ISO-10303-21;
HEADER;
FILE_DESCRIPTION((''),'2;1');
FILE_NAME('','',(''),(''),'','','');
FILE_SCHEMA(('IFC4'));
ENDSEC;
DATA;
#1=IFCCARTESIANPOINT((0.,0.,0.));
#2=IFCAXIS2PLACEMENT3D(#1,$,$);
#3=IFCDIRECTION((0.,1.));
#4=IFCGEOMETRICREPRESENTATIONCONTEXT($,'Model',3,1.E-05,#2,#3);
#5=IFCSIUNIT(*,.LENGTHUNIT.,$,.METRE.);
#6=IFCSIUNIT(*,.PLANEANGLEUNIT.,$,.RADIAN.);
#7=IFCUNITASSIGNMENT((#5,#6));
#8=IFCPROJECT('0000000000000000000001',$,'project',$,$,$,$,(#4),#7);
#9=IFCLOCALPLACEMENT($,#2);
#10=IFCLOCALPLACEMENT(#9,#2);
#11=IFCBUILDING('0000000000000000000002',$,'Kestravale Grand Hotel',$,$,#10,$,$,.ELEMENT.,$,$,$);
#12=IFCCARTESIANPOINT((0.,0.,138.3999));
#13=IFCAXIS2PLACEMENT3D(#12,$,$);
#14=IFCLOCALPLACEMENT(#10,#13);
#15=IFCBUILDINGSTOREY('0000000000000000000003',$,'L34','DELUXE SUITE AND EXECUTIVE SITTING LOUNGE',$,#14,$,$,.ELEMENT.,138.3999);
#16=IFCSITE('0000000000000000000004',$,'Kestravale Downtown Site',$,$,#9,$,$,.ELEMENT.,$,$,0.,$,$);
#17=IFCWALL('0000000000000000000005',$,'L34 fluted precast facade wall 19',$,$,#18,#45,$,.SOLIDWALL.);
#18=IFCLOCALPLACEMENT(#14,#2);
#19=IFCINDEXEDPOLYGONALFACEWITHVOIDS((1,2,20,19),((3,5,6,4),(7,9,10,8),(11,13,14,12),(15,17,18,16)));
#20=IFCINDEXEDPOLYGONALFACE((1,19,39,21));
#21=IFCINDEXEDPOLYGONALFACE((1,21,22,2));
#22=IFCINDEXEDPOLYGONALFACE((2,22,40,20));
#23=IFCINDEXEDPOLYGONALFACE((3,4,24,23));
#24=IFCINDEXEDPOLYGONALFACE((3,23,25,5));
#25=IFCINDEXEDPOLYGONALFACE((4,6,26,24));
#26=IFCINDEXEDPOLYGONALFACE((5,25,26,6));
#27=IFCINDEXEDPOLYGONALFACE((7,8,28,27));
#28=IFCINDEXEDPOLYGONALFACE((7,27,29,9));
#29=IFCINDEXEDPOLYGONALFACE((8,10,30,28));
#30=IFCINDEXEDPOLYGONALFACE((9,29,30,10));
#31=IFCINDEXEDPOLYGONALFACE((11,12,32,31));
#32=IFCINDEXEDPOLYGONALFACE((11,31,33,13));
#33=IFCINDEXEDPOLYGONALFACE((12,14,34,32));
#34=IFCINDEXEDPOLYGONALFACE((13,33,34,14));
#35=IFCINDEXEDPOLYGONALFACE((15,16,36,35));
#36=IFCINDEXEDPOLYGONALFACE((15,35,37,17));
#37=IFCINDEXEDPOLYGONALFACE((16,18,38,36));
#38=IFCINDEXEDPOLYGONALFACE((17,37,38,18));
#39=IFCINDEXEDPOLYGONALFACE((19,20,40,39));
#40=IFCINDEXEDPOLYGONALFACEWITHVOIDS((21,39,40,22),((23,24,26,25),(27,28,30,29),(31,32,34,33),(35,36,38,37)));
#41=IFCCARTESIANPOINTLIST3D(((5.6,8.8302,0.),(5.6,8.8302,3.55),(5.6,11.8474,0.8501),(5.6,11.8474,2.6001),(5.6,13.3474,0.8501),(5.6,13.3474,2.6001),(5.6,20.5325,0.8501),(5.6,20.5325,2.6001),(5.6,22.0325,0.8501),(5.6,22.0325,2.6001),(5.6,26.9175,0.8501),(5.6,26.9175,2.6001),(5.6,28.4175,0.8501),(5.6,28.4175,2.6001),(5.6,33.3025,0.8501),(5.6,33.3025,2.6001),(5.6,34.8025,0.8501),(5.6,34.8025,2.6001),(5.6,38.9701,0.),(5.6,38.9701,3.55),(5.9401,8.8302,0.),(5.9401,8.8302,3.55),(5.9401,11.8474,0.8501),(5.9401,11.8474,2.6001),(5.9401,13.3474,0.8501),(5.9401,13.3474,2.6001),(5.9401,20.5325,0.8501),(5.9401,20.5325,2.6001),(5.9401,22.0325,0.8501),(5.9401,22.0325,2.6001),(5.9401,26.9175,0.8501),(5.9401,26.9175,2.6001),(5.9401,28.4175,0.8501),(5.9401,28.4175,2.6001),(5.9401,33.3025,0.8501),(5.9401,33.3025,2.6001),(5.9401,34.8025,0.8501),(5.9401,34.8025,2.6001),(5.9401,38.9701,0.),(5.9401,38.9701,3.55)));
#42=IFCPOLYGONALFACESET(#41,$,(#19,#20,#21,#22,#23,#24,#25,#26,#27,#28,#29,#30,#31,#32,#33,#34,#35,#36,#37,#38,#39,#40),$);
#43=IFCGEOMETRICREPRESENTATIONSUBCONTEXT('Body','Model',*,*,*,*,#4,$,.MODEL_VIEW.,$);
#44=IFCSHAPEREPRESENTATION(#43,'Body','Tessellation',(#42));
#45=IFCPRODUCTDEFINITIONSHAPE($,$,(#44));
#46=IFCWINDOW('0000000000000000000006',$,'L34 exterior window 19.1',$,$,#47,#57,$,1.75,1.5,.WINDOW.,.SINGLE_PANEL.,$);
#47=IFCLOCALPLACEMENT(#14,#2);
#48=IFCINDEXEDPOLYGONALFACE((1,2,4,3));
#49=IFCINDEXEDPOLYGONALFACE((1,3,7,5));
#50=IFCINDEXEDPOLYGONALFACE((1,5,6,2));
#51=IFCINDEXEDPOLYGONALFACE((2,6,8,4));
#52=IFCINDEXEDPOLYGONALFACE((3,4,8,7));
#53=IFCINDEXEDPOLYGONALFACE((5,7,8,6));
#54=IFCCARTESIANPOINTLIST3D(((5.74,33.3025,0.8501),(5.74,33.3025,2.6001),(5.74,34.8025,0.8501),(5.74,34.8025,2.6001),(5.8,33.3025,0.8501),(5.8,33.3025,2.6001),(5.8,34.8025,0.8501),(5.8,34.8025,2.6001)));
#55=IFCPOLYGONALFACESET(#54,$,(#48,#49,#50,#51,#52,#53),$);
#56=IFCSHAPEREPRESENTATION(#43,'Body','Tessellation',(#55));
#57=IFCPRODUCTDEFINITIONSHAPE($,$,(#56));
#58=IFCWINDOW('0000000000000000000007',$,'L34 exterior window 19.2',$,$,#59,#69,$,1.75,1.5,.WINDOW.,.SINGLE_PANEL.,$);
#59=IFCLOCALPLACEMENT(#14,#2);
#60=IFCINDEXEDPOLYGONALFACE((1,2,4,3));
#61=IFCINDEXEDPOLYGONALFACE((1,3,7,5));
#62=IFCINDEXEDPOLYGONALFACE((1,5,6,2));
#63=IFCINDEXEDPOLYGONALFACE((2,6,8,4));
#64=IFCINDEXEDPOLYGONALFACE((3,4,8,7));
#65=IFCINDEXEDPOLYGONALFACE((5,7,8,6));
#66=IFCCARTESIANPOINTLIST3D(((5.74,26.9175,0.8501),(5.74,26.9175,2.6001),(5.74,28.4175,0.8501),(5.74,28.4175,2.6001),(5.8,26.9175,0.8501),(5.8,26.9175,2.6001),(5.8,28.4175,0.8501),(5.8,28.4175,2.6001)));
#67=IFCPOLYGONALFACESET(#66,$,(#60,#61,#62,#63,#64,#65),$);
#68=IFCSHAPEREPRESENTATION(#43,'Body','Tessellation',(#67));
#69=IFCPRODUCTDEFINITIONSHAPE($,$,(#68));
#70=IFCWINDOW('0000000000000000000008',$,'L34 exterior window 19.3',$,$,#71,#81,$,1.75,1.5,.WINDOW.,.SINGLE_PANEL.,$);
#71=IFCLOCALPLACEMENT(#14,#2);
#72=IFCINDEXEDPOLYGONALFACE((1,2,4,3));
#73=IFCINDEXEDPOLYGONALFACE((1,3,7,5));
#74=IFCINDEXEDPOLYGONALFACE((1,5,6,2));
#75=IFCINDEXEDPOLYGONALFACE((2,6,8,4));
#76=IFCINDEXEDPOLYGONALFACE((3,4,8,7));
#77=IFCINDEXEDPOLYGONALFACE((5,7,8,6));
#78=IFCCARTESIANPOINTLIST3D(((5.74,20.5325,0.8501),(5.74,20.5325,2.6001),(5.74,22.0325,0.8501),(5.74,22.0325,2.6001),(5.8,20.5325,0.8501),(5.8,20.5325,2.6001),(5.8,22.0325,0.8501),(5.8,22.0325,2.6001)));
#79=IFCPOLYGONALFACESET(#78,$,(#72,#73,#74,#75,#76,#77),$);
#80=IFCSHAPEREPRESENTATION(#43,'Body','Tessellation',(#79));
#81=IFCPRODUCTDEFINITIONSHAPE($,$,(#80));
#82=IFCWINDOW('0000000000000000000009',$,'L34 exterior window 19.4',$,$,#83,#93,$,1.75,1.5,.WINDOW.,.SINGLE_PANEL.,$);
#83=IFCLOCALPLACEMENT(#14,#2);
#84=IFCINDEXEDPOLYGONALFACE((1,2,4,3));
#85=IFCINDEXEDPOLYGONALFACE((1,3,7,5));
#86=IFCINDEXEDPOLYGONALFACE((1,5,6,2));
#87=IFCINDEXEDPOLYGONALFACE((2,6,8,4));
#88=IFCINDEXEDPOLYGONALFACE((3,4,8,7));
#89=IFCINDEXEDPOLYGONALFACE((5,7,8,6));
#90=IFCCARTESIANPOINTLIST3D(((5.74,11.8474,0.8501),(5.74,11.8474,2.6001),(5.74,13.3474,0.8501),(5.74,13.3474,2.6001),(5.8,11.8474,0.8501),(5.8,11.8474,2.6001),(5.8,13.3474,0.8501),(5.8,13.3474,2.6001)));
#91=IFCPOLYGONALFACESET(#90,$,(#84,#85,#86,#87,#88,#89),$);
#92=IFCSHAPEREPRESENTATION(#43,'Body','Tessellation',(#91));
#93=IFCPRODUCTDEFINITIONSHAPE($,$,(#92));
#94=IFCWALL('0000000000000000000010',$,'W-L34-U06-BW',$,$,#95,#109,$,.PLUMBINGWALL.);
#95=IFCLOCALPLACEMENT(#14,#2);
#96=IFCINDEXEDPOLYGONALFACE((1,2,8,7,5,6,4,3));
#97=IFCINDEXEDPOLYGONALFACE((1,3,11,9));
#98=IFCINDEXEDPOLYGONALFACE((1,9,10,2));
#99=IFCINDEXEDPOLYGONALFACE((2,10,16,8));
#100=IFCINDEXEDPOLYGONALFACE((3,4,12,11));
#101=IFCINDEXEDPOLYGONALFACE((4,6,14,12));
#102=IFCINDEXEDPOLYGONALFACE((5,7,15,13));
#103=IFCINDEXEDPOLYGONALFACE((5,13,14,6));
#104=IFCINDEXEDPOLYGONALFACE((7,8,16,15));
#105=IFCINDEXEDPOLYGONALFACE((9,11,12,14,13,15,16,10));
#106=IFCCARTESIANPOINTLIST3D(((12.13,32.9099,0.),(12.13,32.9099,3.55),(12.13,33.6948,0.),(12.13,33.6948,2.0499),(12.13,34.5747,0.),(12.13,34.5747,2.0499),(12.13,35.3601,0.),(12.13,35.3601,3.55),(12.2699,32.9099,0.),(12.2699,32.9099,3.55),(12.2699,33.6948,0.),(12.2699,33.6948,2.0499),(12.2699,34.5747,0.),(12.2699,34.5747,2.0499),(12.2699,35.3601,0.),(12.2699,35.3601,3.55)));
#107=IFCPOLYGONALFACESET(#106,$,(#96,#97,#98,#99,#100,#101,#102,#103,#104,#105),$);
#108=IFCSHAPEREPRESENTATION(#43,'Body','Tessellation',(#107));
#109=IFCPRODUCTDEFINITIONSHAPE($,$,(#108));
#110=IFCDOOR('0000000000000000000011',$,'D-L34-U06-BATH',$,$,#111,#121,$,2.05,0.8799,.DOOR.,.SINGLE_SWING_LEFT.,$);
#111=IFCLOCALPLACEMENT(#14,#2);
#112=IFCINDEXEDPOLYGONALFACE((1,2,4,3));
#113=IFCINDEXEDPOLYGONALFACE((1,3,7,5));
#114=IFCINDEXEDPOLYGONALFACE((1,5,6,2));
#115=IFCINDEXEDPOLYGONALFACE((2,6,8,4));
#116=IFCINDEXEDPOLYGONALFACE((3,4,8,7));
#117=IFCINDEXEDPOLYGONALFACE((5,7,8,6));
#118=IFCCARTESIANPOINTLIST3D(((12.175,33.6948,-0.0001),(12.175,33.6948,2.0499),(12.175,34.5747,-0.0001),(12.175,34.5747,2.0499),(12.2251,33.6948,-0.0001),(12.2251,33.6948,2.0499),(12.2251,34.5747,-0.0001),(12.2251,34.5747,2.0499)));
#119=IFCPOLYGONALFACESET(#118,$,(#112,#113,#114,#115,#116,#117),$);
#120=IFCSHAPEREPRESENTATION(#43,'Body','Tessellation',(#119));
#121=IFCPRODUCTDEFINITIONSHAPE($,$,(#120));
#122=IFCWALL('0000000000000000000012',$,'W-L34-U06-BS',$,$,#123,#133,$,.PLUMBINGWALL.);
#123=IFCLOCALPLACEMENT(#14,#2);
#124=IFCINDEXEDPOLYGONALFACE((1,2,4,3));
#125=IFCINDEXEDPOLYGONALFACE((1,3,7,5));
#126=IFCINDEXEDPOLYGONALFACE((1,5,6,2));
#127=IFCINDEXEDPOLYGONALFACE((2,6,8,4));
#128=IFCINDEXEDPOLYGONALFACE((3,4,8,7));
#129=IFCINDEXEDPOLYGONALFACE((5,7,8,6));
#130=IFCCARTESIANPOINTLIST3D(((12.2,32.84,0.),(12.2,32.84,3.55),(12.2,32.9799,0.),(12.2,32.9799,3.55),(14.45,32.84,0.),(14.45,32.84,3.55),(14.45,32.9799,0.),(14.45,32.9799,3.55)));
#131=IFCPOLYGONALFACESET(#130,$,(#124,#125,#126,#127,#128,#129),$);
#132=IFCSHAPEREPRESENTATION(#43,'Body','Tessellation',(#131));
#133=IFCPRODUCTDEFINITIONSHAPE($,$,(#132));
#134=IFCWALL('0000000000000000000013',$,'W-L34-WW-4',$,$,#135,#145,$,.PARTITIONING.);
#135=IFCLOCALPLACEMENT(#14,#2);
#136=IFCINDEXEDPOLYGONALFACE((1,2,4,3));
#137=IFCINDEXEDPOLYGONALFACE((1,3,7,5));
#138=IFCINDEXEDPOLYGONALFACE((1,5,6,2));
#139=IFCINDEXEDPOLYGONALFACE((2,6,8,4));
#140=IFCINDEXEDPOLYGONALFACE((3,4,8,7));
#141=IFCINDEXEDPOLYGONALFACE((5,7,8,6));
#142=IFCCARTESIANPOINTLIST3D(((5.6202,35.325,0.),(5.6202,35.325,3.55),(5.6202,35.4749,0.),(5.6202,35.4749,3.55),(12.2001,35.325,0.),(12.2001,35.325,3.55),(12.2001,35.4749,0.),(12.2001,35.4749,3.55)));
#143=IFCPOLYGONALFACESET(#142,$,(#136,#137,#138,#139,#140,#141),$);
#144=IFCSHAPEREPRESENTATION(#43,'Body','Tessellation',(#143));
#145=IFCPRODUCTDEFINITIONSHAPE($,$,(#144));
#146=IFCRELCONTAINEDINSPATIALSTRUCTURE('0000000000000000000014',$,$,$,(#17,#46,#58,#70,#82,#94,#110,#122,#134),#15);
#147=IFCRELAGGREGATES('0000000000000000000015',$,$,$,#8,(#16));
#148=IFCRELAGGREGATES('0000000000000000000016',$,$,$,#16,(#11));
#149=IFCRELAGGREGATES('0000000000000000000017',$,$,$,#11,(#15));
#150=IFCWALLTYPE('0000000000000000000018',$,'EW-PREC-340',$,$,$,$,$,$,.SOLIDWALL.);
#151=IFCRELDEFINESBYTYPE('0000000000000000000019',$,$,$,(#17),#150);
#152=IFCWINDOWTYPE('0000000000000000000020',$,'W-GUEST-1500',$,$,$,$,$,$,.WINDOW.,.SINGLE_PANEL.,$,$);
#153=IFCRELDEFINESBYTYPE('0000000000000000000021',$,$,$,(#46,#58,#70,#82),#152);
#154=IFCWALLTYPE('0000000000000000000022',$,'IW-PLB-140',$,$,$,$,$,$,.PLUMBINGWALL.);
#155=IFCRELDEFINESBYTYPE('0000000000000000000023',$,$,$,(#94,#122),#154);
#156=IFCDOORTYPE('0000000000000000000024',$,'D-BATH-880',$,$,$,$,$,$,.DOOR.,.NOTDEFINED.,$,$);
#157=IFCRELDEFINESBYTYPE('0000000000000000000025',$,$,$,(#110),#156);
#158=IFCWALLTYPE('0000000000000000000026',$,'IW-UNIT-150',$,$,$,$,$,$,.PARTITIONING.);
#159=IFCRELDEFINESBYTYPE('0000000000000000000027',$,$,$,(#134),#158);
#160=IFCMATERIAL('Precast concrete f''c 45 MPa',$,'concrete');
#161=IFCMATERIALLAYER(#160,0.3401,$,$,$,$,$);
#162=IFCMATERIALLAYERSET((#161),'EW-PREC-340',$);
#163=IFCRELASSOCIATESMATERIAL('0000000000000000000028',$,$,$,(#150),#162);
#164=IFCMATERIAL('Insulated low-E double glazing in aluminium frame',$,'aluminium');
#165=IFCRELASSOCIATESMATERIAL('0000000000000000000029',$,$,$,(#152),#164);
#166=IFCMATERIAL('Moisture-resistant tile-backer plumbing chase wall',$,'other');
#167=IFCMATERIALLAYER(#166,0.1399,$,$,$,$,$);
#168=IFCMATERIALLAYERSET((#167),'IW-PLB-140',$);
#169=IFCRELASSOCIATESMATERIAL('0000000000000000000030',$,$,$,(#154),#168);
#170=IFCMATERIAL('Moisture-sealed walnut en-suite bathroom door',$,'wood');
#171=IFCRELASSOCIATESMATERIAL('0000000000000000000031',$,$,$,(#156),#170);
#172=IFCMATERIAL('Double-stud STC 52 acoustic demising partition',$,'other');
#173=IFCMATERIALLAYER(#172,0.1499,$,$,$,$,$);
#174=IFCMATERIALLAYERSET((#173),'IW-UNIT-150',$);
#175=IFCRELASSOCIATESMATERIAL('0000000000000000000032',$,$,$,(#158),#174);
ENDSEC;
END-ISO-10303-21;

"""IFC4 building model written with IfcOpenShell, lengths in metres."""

from ifc_helpers import new_model, si_unit, direction, frame, frame_2d, origin, place, context, subcontext, project, spatial, rectangle, extrude, material, layer, layer_set, type_object, element, fill, save


model = new_model("IFC4")

# Units and contexts
model_context = context("Model", 3, precision=1e-05, world=origin(), true_north=direction((0.0, 1.0)))
body_context = subcontext(model_context, "Body", "Model", "MODEL_VIEW")
ifc_project = project(units=[si_unit("LENGTHUNIT", "METRE"), si_unit("PLANEANGLEUNIT", "RADIAN")], contexts=[model_context])

# Site, building, storey
site_placement = place(None, origin())
site = spatial("IfcSite", under=ifc_project, at=site_placement, Name="Kestravale Downtown Site", CompositionType="ELEMENT", RefElevation=0.0)
building_placement = place(site_placement, origin())
building = spatial("IfcBuilding", under=site, at=building_placement, Name="Kestravale Grand Hotel", CompositionType="ELEMENT")
storey_placement = place(building_placement, frame((0.0, 0.0, 138.3999)))
storey = spatial("IfcBuildingStorey", under=building, at=storey_placement, Name="L34", Description="DELUXE SUITE AND EXECUTIVE SITTING LOUNGE", CompositionType="ELEMENT", Elevation=138.3999)

# Wall, openings, windows
ifc_material_1 = material(Name="Precast concrete f'c 45 MPa", Category="concrete")
ifc_layer_1 = layer(ifc_material_1, 0.3401)
ifc_layer_set_1 = layer_set([ifc_layer_1], Name="EW-PREC-340")
wall_type_1 = type_object("IfcWallType", Name="EW-PREC-340", PredefinedType="SOLIDWALL", material=ifc_layer_set_1)
wall_1_placement = place(storey_placement, frame((5.77, 38.97, 0.0), z_axis=(0.0, 0.0, 1.0), x_axis=(0.0, -1.0, 0.0)))
wall_1 = element("IfcWall", 1, at=wall_1_placement, inside=storey, type_object=wall_type_1, Name="L34 fluted precast facade wall 19", PredefinedType="SOLIDWALL", context=body_context, shape_type="SweptSolid", body=[
    extrude(rectangle(XDim=30.1399, YDim=0.3401, at=frame_2d((15.0698, 0.0))), origin(), (0.0, 0.0, 1.0), 3.55),
])
opening_1_placement = place(wall_1_placement, frame((4.1675, 0.0, 0.8501)))
opening_1 = element("IfcOpeningElement", 2, at=opening_1_placement, cuts=wall_1, PredefinedType="OPENING", context=body_context, shape_type="SweptSolid", body=[
    extrude(rectangle(XDim=1.5, YDim=1.75, at=frame_2d((0.75, 0.875))), frame((0.0, 0.1799, 0.0), z_axis=(0.0, -1.0, 0.0), x_axis=(1.0, 0.0, 0.0)), (0.0, 0.0, 1.0), 0.3601),
])
opening_2_placement = place(wall_1_placement, frame((10.5525, 0.0, 0.8501)))
opening_2 = element("IfcOpeningElement", 3, at=opening_2_placement, cuts=wall_1, PredefinedType="OPENING", context=body_context, shape_type="SweptSolid", body=[
    extrude(rectangle(XDim=1.5, YDim=1.75, at=frame_2d((0.75, 0.875))), frame((0.0, 0.1799, 0.0), z_axis=(0.0, -1.0, 0.0), x_axis=(1.0, 0.0, 0.0)), (0.0, 0.0, 1.0), 0.3601),
])
opening_3_placement = place(wall_1_placement, frame((16.9375, 0.0, 0.8501)))
opening_3 = element("IfcOpeningElement", 4, at=opening_3_placement, cuts=wall_1, PredefinedType="OPENING", context=body_context, shape_type="SweptSolid", body=[
    extrude(rectangle(XDim=1.5, YDim=1.75, at=frame_2d((0.75, 0.875))), frame((0.0, 0.1799, 0.0), z_axis=(0.0, -1.0, 0.0), x_axis=(1.0, 0.0, 0.0)), (0.0, 0.0, 1.0), 0.3601),
])
opening_4_placement = place(wall_1_placement, frame((25.6226, 0.0, 0.8501)))
opening_4 = element("IfcOpeningElement", 5, at=opening_4_placement, cuts=wall_1, PredefinedType="OPENING", context=body_context, shape_type="SweptSolid", body=[
    extrude(rectangle(XDim=1.5, YDim=1.75, at=frame_2d((0.75, 0.875))), frame((0.0, 0.1799, 0.0), z_axis=(0.0, -1.0, 0.0), x_axis=(1.0, 0.0, 0.0)), (0.0, 0.0, 1.0), 0.3601),
])
ifc_material_2 = material(Name="Insulated low-E double glazing in aluminium frame", Category="aluminium")
window_type = type_object("IfcWindowType", Name="W-GUEST-1500", PartitioningType="SINGLE_PANEL", PredefinedType="WINDOW", material=ifc_material_2)
window_1_placement = place(opening_1_placement, origin())
window_1 = element("IfcWindow", 6, at=window_1_placement, inside=storey, type_object=window_type, Name="L34 exterior window 19.1", OverallHeight=1.75, OverallWidth=1.5, PartitioningType="SINGLE_PANEL", PredefinedType="WINDOW", context=body_context, shape_type="SweptSolid", body=[
    extrude(rectangle(XDim=1.5, YDim=1.75, at=frame_2d((0.75, 0.875))), frame((0.0, 0.03, 0.0), z_axis=(0.0, -1.0, 0.0), x_axis=(1.0, 0.0, 0.0)), (0.0, 0.0, 1.0), 0.0601),
])
fill(opening_1, window_1)
window_2_placement = place(opening_2_placement, origin())
window_2 = element("IfcWindow", 7, at=window_2_placement, inside=storey, type_object=window_type, Name="L34 exterior window 19.2", OverallHeight=1.75, OverallWidth=1.5, PartitioningType="SINGLE_PANEL", PredefinedType="WINDOW", context=body_context, shape_type="SweptSolid", body=[
    extrude(rectangle(XDim=1.5, YDim=1.75, at=frame_2d((0.75, 0.875))), frame((0.0, 0.03, 0.0), z_axis=(0.0, -1.0, 0.0), x_axis=(1.0, 0.0, 0.0)), (0.0, 0.0, 1.0), 0.0601),
])
fill(opening_2, window_2)
window_3_placement = place(opening_3_placement, origin())
window_3 = element("IfcWindow", 8, at=window_3_placement, inside=storey, type_object=window_type, Name="L34 exterior window 19.3", OverallHeight=1.75, OverallWidth=1.5, PartitioningType="SINGLE_PANEL", PredefinedType="WINDOW", context=body_context, shape_type="SweptSolid", body=[
    extrude(rectangle(XDim=1.5, YDim=1.75, at=frame_2d((0.75, 0.875))), frame((0.0, 0.03, 0.0), z_axis=(0.0, -1.0, 0.0), x_axis=(1.0, 0.0, 0.0)), (0.0, 0.0, 1.0), 0.0601),
])
fill(opening_3, window_3)
window_4_placement = place(opening_4_placement, origin())
window_4 = element("IfcWindow", 9, at=window_4_placement, inside=storey, type_object=window_type, Name="L34 exterior window 19.4", OverallHeight=1.75, OverallWidth=1.5, PartitioningType="SINGLE_PANEL", PredefinedType="WINDOW", context=body_context, shape_type="SweptSolid", body=[
    extrude(rectangle(XDim=1.5, YDim=1.75, at=frame_2d((0.75, 0.875))), frame((0.0, 0.03, 0.0), z_axis=(0.0, -1.0, 0.0), x_axis=(1.0, 0.0, 0.0)), (0.0, 0.0, 1.0), 0.0601),
])
fill(opening_4, window_4)

# Wall, opening, door
ifc_material_3 = material(Name="Moisture-resistant tile-backer plumbing chase wall", Category="other")
ifc_layer_2 = layer(ifc_material_3, 0.1399)
ifc_layer_set_2 = layer_set([ifc_layer_2], Name="IW-PLB-140")
wall_type_2 = type_object("IfcWallType", Name="IW-PLB-140", PredefinedType="PLUMBINGWALL", material=ifc_layer_set_2)
wall_2_placement = place(storey_placement, frame((12.2, 32.9099, 0.0), z_axis=(0.0, 0.0, 1.0), x_axis=(0.0, 1.0, 0.0)))
wall_2 = element("IfcWall", 10, at=wall_2_placement, inside=storey, type_object=wall_type_2, Name="W-L34-U06-BW", PredefinedType="PLUMBINGWALL", context=body_context, shape_type="SweptSolid", body=[
    extrude(rectangle(XDim=2.4502, YDim=0.1399, at=frame_2d((1.2251, 0.0))), origin(), (0.0, 0.0, 1.0), 3.55),
])
opening_5_placement = place(wall_2_placement, frame((0.7849, 0.0, 0.0)))
opening_5 = element("IfcOpeningElement", 11, at=opening_5_placement, cuts=wall_2, PredefinedType="OPENING", context=body_context, shape_type="SweptSolid", body=[
    extrude(rectangle(XDim=0.8799, YDim=2.05, at=frame_2d((0.4399, 1.0249))), frame((0.0, 0.0798, 0.0), z_axis=(0.0, -1.0, 0.0), x_axis=(1.0, 0.0, 0.0)), (0.0, 0.0, 1.0), 0.1599),
])
ifc_material_4 = material(Name="Moisture-sealed walnut en-suite bathroom door", Category="wood")
door_type = type_object("IfcDoorType", Name="D-BATH-880", OperationType="NOTDEFINED", PredefinedType="DOOR", material=ifc_material_4)
door_placement = place(opening_5_placement, origin())
door = element("IfcDoor", 12, at=door_placement, inside=storey, type_object=door_type, Name="D-L34-U06-BATH", OperationType="SINGLE_SWING_LEFT", OverallHeight=2.05, OverallWidth=0.8799, PredefinedType="DOOR", context=body_context, shape_type="SweptSolid", body=[
    extrude(rectangle(XDim=0.8799, YDim=2.05, at=frame_2d((0.4399, 1.0249))), frame((0.0, 0.0249, 0.0), z_axis=(0.0, -1.0, 0.0), x_axis=(1.0, 0.0, 0.0)), (0.0, 0.0, 1.0), 0.05),
])
fill(opening_5, door)

# Walls
wall_3_placement = place(storey_placement, frame((12.2, 32.9099, 0.0), z_axis=(0.0, 0.0, 1.0), x_axis=(1.0, 0.0, 0.0)))
element("IfcWall", 13, at=wall_3_placement, inside=storey, type_object=wall_type_2, Name="W-L34-U06-BS", PredefinedType="PLUMBINGWALL", context=body_context, shape_type="SweptSolid", body=[
    extrude(rectangle(XDim=2.25, YDim=0.1399, at=frame_2d((1.125, 0.0))), origin(), (0.0, 0.0, 1.0), 3.55),
])
ifc_material_5 = material(Name="Double-stud STC 52 acoustic demising partition", Category="other")
ifc_layer_3 = layer(ifc_material_5, 0.1499)
ifc_layer_set_3 = layer_set([ifc_layer_3], Name="IW-UNIT-150")
wall_type_3 = type_object("IfcWallType", Name="IW-UNIT-150", PredefinedType="PARTITIONING", material=ifc_layer_set_3)
wall_4_placement = place(storey_placement, frame((5.6201, 35.3999, 0.0), z_axis=(0.0, 0.0, 1.0), x_axis=(1.0, 0.0, 0.0)))
element("IfcWall", 14, at=wall_4_placement, inside=storey, type_object=wall_type_3, Name="W-L34-WW-4", PredefinedType="PARTITIONING", context=body_context, shape_type="SweptSolid", body=[
    extrude(rectangle(XDim=6.5798, YDim=0.1499, at=frame_2d((3.29, 0.0))), origin(), (0.0, 0.0, 1.0), 3.55),
])

save(model, "model.ifc")
